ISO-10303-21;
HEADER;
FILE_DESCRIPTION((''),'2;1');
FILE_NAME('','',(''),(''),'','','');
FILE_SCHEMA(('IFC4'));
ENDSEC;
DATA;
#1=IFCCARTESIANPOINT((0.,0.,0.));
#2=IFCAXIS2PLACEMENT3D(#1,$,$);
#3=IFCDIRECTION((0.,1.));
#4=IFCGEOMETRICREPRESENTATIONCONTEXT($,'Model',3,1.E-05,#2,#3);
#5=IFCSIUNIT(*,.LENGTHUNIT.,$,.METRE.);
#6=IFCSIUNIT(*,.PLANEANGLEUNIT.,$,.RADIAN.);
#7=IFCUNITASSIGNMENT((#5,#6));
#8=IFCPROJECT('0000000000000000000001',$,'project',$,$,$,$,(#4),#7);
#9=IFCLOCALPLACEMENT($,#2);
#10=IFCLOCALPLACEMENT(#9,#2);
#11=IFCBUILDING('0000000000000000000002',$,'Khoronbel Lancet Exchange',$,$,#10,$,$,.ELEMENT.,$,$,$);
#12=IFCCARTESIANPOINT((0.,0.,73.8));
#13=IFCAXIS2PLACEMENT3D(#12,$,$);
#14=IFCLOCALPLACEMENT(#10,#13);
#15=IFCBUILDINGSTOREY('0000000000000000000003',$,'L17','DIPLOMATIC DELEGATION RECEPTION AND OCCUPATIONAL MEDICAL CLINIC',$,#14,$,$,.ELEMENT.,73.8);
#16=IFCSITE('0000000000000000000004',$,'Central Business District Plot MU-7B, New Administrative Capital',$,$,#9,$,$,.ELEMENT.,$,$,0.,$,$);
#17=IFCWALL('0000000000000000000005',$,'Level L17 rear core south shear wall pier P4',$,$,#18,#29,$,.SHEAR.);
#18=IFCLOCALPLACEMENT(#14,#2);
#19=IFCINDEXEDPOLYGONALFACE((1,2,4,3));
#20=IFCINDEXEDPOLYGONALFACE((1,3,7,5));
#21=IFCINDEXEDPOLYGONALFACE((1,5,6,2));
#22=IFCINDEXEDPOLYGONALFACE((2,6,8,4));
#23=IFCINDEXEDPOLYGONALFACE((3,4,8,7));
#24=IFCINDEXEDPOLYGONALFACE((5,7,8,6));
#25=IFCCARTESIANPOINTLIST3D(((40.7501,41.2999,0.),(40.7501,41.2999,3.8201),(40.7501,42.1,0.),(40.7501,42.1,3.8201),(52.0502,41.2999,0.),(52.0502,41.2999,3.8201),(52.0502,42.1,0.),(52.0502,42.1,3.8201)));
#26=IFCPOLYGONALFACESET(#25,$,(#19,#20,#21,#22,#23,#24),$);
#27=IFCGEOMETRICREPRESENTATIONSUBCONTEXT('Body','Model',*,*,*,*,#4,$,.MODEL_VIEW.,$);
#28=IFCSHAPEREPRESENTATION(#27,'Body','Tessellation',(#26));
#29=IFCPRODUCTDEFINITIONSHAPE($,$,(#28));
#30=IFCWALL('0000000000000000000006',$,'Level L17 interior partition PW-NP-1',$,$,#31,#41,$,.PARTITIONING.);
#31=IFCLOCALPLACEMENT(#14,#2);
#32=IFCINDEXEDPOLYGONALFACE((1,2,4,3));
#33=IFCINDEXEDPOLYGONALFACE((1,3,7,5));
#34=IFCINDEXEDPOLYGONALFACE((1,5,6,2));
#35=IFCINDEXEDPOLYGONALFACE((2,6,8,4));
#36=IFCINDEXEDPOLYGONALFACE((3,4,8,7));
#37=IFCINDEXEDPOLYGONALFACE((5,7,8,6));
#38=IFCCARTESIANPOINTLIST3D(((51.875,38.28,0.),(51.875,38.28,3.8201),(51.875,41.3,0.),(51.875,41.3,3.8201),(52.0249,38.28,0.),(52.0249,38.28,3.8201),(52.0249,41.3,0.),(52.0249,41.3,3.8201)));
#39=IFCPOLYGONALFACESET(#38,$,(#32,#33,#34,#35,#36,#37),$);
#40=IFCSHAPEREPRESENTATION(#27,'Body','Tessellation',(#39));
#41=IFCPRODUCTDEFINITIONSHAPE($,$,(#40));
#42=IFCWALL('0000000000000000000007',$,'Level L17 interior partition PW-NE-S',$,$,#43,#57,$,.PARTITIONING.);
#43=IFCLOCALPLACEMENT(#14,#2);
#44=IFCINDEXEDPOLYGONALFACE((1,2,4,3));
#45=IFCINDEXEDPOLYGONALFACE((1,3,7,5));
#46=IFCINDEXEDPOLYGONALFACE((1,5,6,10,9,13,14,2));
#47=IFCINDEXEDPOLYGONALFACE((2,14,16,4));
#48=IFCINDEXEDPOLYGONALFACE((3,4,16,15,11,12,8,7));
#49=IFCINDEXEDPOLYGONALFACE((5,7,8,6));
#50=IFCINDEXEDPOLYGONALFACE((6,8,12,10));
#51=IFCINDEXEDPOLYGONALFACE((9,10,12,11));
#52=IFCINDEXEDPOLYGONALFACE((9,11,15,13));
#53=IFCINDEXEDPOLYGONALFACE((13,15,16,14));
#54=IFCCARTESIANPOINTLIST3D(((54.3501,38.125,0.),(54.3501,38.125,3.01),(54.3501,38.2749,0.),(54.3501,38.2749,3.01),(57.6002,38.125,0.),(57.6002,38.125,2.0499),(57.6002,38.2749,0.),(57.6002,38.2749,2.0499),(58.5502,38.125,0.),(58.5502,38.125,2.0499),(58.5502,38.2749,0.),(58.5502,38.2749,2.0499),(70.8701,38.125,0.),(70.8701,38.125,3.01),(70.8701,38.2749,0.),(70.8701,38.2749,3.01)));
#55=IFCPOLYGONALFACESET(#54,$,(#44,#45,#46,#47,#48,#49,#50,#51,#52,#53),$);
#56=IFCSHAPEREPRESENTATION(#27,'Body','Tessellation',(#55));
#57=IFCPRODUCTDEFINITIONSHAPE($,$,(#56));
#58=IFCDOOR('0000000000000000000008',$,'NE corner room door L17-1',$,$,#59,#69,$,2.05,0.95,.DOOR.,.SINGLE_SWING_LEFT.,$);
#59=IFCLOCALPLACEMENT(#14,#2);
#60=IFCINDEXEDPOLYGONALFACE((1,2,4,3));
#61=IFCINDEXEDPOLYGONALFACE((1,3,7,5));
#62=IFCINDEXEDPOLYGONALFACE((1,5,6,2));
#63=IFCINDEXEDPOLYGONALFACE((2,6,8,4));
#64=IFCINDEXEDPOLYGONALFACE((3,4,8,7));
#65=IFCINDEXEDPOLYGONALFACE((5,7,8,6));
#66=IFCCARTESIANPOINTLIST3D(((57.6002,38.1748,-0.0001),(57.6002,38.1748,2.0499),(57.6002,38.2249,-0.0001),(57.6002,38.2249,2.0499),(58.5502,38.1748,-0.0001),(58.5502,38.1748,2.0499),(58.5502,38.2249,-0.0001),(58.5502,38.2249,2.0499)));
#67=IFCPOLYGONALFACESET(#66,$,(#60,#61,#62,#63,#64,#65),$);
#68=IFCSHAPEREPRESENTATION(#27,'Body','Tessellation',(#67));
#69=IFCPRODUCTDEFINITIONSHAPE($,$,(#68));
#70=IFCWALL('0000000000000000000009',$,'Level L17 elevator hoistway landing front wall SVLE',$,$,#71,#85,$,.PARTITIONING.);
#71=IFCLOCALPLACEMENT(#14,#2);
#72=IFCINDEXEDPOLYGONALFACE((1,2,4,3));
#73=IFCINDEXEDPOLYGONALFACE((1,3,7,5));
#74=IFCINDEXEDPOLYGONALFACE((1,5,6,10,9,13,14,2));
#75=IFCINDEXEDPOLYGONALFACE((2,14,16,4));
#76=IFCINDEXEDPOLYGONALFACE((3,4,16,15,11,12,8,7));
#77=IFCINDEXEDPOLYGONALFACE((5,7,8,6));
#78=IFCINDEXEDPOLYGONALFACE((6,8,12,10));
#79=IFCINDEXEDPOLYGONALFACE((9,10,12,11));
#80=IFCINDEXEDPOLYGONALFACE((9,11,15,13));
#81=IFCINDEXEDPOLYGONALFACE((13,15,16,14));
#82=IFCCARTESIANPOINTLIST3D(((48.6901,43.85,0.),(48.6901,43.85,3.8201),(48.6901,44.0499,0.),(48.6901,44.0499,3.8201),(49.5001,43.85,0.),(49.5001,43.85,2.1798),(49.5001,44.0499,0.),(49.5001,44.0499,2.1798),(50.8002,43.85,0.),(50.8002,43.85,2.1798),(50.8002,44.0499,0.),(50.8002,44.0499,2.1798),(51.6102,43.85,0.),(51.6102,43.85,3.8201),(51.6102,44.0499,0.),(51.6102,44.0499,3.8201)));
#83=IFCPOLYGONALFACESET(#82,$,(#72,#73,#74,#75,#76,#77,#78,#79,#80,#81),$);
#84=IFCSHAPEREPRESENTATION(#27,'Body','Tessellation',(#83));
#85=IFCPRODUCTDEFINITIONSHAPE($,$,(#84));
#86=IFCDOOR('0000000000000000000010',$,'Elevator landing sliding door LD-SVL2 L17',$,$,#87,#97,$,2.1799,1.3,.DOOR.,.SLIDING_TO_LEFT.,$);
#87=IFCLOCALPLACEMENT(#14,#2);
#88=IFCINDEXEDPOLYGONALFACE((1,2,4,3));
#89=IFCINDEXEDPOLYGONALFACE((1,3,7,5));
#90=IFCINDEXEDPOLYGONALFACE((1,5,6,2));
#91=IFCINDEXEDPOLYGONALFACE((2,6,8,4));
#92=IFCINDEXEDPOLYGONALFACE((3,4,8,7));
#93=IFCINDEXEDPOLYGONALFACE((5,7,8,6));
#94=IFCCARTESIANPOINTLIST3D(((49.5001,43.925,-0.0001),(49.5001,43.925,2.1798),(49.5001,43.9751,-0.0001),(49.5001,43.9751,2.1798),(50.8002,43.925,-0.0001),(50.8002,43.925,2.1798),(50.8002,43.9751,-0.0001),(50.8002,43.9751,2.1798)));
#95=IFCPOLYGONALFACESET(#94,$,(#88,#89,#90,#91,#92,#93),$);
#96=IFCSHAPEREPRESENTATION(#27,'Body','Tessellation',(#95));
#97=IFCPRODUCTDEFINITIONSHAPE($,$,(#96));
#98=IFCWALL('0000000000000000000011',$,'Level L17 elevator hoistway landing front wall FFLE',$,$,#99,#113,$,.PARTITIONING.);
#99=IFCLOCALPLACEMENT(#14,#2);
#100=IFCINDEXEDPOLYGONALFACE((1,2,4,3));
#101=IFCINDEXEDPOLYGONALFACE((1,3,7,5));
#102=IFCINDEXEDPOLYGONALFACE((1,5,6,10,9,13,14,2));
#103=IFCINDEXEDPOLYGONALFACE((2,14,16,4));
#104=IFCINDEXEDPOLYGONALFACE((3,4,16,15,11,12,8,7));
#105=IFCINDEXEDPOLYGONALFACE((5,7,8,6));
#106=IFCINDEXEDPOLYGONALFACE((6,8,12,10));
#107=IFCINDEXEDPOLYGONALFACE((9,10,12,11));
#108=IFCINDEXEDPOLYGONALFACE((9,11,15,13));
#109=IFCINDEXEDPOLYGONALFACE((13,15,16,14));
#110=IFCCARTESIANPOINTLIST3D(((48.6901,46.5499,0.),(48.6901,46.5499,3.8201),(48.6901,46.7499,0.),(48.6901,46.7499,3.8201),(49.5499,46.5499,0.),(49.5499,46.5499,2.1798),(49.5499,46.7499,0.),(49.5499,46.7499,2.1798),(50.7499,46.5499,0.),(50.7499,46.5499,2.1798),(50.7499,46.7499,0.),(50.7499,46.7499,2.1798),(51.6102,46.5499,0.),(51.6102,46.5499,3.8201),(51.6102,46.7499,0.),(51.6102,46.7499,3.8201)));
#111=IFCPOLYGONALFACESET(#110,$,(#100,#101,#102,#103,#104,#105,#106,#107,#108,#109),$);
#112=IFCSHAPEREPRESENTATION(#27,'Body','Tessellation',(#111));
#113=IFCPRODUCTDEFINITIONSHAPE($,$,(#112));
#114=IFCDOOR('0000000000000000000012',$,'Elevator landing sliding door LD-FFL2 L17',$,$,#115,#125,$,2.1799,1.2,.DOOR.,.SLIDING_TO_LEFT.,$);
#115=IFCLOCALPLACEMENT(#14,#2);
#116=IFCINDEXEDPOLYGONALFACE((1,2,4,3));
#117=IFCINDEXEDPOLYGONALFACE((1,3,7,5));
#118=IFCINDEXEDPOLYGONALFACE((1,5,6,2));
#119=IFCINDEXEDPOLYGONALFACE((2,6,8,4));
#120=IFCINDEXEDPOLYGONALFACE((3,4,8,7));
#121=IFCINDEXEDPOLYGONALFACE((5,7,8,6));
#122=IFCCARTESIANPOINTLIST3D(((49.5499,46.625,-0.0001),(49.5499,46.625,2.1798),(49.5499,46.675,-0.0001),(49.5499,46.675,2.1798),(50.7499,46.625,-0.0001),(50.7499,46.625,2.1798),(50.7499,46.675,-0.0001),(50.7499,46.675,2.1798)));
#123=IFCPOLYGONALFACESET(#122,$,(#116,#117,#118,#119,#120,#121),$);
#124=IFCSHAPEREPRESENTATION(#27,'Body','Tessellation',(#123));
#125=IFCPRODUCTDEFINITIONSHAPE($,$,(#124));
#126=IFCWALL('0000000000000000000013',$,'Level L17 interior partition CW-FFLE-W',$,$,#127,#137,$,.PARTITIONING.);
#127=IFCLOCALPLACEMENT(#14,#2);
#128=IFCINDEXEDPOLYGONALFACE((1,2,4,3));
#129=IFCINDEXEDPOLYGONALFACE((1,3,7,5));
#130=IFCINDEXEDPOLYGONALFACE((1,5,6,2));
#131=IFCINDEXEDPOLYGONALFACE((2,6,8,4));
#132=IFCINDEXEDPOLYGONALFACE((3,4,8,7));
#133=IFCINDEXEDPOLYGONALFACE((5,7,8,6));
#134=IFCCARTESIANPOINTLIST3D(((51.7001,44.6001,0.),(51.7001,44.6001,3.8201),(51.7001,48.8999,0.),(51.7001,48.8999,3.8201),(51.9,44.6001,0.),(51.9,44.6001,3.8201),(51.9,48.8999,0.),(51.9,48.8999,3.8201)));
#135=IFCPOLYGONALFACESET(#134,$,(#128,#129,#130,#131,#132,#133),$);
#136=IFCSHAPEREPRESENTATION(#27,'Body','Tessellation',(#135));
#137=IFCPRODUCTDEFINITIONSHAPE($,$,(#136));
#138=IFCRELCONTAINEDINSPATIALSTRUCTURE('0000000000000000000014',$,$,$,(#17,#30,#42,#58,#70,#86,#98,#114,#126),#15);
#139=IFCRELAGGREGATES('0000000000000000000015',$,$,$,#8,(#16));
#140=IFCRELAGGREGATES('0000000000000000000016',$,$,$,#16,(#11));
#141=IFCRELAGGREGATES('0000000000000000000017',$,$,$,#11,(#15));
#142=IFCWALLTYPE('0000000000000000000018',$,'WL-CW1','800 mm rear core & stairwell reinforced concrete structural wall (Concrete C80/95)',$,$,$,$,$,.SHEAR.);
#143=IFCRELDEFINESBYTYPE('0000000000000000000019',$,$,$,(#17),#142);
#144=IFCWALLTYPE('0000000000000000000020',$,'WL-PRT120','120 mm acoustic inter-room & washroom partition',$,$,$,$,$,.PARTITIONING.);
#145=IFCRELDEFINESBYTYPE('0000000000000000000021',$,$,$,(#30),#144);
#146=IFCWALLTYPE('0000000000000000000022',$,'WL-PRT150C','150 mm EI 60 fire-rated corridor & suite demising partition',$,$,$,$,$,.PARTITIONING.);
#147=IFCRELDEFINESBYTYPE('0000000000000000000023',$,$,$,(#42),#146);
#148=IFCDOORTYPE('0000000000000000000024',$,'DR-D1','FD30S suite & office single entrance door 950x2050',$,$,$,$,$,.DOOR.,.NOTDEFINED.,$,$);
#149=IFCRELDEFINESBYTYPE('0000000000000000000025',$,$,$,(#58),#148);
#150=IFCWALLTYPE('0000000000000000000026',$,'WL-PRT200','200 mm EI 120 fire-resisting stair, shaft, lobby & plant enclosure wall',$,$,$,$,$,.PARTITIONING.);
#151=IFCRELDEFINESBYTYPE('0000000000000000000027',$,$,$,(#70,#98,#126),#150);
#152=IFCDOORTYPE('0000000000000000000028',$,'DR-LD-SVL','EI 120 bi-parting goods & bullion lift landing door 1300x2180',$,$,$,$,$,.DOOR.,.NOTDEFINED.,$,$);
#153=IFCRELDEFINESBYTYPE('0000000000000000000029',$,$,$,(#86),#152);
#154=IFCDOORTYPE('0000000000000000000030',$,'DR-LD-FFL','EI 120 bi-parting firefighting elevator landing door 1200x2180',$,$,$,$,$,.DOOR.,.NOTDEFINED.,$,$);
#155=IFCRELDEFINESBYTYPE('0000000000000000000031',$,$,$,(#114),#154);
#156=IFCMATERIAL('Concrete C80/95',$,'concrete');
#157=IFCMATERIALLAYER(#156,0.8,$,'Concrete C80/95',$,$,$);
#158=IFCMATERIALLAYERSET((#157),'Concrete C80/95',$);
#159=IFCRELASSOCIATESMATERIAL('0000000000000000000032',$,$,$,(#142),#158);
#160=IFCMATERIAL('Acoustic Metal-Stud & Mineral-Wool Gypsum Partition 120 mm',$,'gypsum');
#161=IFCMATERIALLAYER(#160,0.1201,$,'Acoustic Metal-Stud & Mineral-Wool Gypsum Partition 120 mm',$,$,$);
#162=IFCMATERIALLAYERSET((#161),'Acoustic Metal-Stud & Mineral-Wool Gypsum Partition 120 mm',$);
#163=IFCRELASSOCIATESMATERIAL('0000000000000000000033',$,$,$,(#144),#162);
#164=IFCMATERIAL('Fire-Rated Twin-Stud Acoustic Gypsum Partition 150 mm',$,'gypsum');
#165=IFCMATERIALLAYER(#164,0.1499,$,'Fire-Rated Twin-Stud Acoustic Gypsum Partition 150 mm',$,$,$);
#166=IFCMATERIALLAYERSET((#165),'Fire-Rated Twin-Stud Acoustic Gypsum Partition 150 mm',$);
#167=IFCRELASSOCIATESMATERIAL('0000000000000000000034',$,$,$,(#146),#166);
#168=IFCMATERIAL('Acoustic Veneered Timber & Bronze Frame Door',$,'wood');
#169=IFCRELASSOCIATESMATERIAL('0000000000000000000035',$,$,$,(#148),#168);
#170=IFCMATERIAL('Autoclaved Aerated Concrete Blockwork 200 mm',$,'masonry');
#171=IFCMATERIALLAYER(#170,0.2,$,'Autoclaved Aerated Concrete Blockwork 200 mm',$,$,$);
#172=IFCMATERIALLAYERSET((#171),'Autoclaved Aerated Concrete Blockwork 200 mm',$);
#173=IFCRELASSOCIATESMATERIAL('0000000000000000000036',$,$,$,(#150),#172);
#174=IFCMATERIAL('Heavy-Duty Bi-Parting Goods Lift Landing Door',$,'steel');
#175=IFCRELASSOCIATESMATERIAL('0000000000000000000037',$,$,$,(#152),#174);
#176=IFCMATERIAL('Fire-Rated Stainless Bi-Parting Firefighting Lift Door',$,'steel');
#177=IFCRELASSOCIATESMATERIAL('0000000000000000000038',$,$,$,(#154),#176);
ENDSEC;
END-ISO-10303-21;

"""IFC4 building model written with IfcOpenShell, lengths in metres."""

from ifc_helpers import new_model, si_unit, direction, frame, frame_2d, origin, place, context, subcontext, project, spatial, rectangle, extrude, material, layer, layer_set, type_object, element, fill, save


model = new_model("IFC4")

# Units and contexts
model_context = context("Model", 3, precision=1e-05, world=origin(), true_north=direction((0.0, 1.0)))
body_context = subcontext(model_context, "Body", "Model", "MODEL_VIEW")
ifc_project = project(units=[si_unit("LENGTHUNIT", "METRE"), si_unit("PLANEANGLEUNIT", "RADIAN")], contexts=[model_context])

# Site, building, storey
site_placement = place(None, origin())
site = spatial("IfcSite", under=ifc_project, at=site_placement, Name="Central Business District Plot MU-7B, New Administrative Capital", CompositionType="ELEMENT", RefElevation=0.0)
building_placement = place(site_placement, origin())
building = spatial("IfcBuilding", under=site, at=building_placement, Name="Khoronbel Lancet Exchange", CompositionType="ELEMENT")
storey_placement = place(building_placement, frame((0.0, 0.0, 73.8)))
storey = spatial("IfcBuildingStorey", under=building, at=storey_placement, Name="L17", Description="DIPLOMATIC DELEGATION RECEPTION AND OCCUPATIONAL MEDICAL CLINIC", CompositionType="ELEMENT", Elevation=73.8)

# Shared definitions
ifc_material_1 = material(Name="Concrete C80/95", Category="concrete")

# Walls
ifc_layer_1 = layer(ifc_material_1, 0.8, Name="Concrete C80/95")
ifc_layer_set_1 = layer_set([ifc_layer_1], Name="Concrete C80/95")
wall_type_1 = type_object("IfcWallType", Name="WL-CW1", Description="800 mm rear core & stairwell reinforced concrete structural wall (Concrete C80/95)", PredefinedType="SHEAR", material=ifc_layer_set_1)
wall_1_placement = place(storey_placement, frame((52.05, 41.7, 0.0), z_axis=(0.0, 0.0, 1.0), x_axis=(-1.0, 0.0, 0.0)))
element("IfcWall", 1, at=wall_1_placement, inside=storey, type_object=wall_type_1, Name="Level L17 rear core south shear wall pier P4", PredefinedType="SHEAR", context=body_context, shape_type="SweptSolid", body=[
    extrude(rectangle(XDim=11.3, YDim=0.8, at=frame_2d((5.6499, 0.0))), origin(), (0.0, 0.0, 1.0), 3.8201),
])
ifc_material_2 = material(Name="Acoustic Metal-Stud & Mineral-Wool Gypsum Partition 120 mm", Category="gypsum")
ifc_layer_2 = layer(ifc_material_2, 0.1201, Name="Acoustic Metal-Stud & Mineral-Wool Gypsum Partition 120 mm")
ifc_layer_set_2 = layer_set([ifc_layer_2], Name="Acoustic Metal-Stud & Mineral-Wool Gypsum Partition 120 mm")
wall_type_2 = type_object("IfcWallType", Name="WL-PRT120", Description="120 mm acoustic inter-room & washroom partition", PredefinedType="PARTITIONING", material=ifc_layer_set_2)
wall_2_placement = place(storey_placement, frame((51.95, 38.28, 0.0), z_axis=(0.0, 0.0, 1.0), x_axis=(0.0, 1.0, 0.0)))
element("IfcWall", 2, at=wall_2_placement, inside=storey, type_object=wall_type_2, Name="Level L17 interior partition PW-NP-1", PredefinedType="PARTITIONING", context=body_context, shape_type="SweptSolid", body=[
    extrude(rectangle(XDim=3.02, YDim=0.1499, at=frame_2d((1.51, 0.0))), origin(), (0.0, 0.0, 1.0), 3.8201),
])

# Walls, openings, doors
ifc_material_3 = material(Name="Fire-Rated Twin-Stud Acoustic Gypsum Partition 150 mm", Category="gypsum")
ifc_layer_3 = layer(ifc_material_3, 0.1499, Name="Fire-Rated Twin-Stud Acoustic Gypsum Partition 150 mm")
ifc_layer_set_3 = layer_set([ifc_layer_3], Name="Fire-Rated Twin-Stud Acoustic Gypsum Partition 150 mm")
wall_type_3 = type_object("IfcWallType", Name="WL-PRT150C", Description="150 mm EI 60 fire-rated corridor & suite demising partition", PredefinedType="PARTITIONING", material=ifc_layer_set_3)
wall_3_placement = place(storey_placement, frame((54.3501, 38.2, 0.0), z_axis=(0.0, 0.0, 1.0), x_axis=(1.0, 0.0, 0.0)))
wall_3 = element("IfcWall", 3, at=wall_3_placement, inside=storey, type_object=wall_type_3, Name="Level L17 interior partition PW-NE-S", PredefinedType="PARTITIONING", context=body_context, shape_type="SweptSolid", body=[
    extrude(rectangle(XDim=16.52, YDim=0.1499, at=frame_2d((8.26, 0.0))), origin(), (0.0, 0.0, 1.0), 3.01),
])
opening_1_placement = place(wall_3_placement, frame((3.25, 0.0, 0.0)))
opening_1 = element("IfcOpeningElement", 4, at=opening_1_placement, cuts=wall_3, PredefinedType="OPENING", context=body_context, shape_type="SweptSolid", body=[
    extrude(rectangle(XDim=0.95, YDim=2.05, at=frame_2d((0.4751, 1.0249))), frame((0.0, 0.085, 0.0), z_axis=(0.0, -1.0, 0.0), x_axis=(1.0, 0.0, 0.0)), (0.0, 0.0, 1.0), 0.1699),
])
ifc_material_4 = material(Name="Acoustic Veneered Timber & Bronze Frame Door", Category="wood")
door_type_1 = type_object("IfcDoorType", Name="DR-D1", Description="FD30S suite & office single entrance door 950x2050", OperationType="NOTDEFINED", PredefinedType="DOOR", material=ifc_material_4)
door_1_placement = place(opening_1_placement, origin())
door_1 = element("IfcDoor", 5, at=door_1_placement, inside=storey, type_object=door_type_1, Name="NE corner room door L17-1", OperationType="SINGLE_SWING_LEFT", OverallHeight=2.05, OverallWidth=0.95, PredefinedType="DOOR", context=body_context, shape_type="SweptSolid", body=[
    extrude(rectangle(XDim=0.95, YDim=2.05, at=frame_2d((0.4751, 1.0249))), frame((0.0, 0.0249, 0.0), z_axis=(0.0, -1.0, 0.0), x_axis=(1.0, 0.0, 0.0)), (0.0, 0.0, 1.0), 0.05),
])
fill(opening_1, door_1)
ifc_material_5 = material(Name="Autoclaved Aerated Concrete Blockwork 200 mm", Category="masonry")
ifc_layer_4 = layer(ifc_material_5, 0.2, Name="Autoclaved Aerated Concrete Blockwork 200 mm")
ifc_layer_set_4 = layer_set([ifc_layer_4], Name="Autoclaved Aerated Concrete Blockwork 200 mm")
wall_type_4 = type_object("IfcWallType", Name="WL-PRT200", Description="200 mm EI 120 fire-resisting stair, shaft, lobby & plant enclosure wall", PredefinedType="PARTITIONING", material=ifc_layer_set_4)
wall_4_placement = place(storey_placement, frame((51.6101, 43.95, 0.0), z_axis=(0.0, 0.0, 1.0), x_axis=(-1.0, 0.0, 0.0)))
wall_4 = element("IfcWall", 6, at=wall_4_placement, inside=storey, type_object=wall_type_4, Name="Level L17 elevator hoistway landing front wall SVLE", PredefinedType="PARTITIONING", context=body_context, shape_type="SweptSolid", body=[
    extrude(rectangle(XDim=2.9202, YDim=0.2, at=frame_2d((1.46, 0.0))), origin(), (0.0, 0.0, 1.0), 3.8201),
])
opening_2_placement = place(wall_4_placement, frame((0.8101, 0.0, 0.0)))
opening_2 = element("IfcOpeningElement", 7, at=opening_2_placement, cuts=wall_4, PredefinedType="OPENING", context=body_context, shape_type="SweptSolid", body=[
    extrude(rectangle(XDim=1.3, YDim=2.1799, at=frame_2d((0.6499, 1.0898))), frame((0.0, 0.1099, 0.0), z_axis=(0.0, -1.0, 0.0), x_axis=(1.0, 0.0, 0.0)), (0.0, 0.0, 1.0), 0.22),
])
ifc_material_6 = material(Name="Heavy-Duty Bi-Parting Goods Lift Landing Door", Category="steel")
door_type_2 = type_object("IfcDoorType", Name="DR-LD-SVL", Description="EI 120 bi-parting goods & bullion lift landing door 1300x2180", OperationType="NOTDEFINED", PredefinedType="DOOR", material=ifc_material_6)
door_2_placement = place(opening_2_placement, origin())
door_2 = element("IfcDoor", 8, at=door_2_placement, inside=storey, type_object=door_type_2, Name="Elevator landing sliding door LD-SVL2 L17", OperationType="SLIDING_TO_LEFT", OverallHeight=2.1799, OverallWidth=1.3, PredefinedType="DOOR", context=body_context, shape_type="SweptSolid", body=[
    extrude(rectangle(XDim=1.3, YDim=2.1799, at=frame_2d((0.6499, 1.0898))), frame((0.0, 0.0249, 0.0), z_axis=(0.0, -1.0, 0.0), x_axis=(1.0, 0.0, 0.0)), (0.0, 0.0, 1.0), 0.05),
])
fill(opening_2, door_2)
wall_5_placement = place(storey_placement, frame((51.6101, 46.6499, 0.0), z_axis=(0.0, 0.0, 1.0), x_axis=(-1.0, 0.0, 0.0)))
wall_5 = element("IfcWall", 9, at=wall_5_placement, inside=storey, type_object=wall_type_4, Name="Level L17 elevator hoistway landing front wall FFLE", PredefinedType="PARTITIONING", context=body_context, shape_type="SweptSolid", body=[
    extrude(rectangle(XDim=2.9202, YDim=0.2, at=frame_2d((1.46, 0.0))), origin(), (0.0, 0.0, 1.0), 3.8201),
])
opening_3_placement = place(wall_5_placement, frame((0.8601, 0.0, 0.0)))
opening_3 = element("IfcOpeningElement", 10, at=opening_3_placement, cuts=wall_5, PredefinedType="OPENING", context=body_context, shape_type="SweptSolid", body=[
    extrude(rectangle(XDim=1.2, YDim=2.1799, at=frame_2d((0.6001, 1.0898))), frame((0.0, 0.1099, 0.0), z_axis=(0.0, -1.0, 0.0), x_axis=(1.0, 0.0, 0.0)), (0.0, 0.0, 1.0), 0.22),
])
ifc_material_7 = material(Name="Fire-Rated Stainless Bi-Parting Firefighting Lift Door", Category="steel")
door_type_3 = type_object("IfcDoorType", Name="DR-LD-FFL", Description="EI 120 bi-parting firefighting elevator landing door 1200x2180", OperationType="NOTDEFINED", PredefinedType="DOOR", material=ifc_material_7)
door_3_placement = place(opening_3_placement, origin())
door_3 = element("IfcDoor", 11, at=door_3_placement, inside=storey, type_object=door_type_3, Name="Elevator landing sliding door LD-FFL2 L17", OperationType="SLIDING_TO_LEFT", OverallHeight=2.1799, OverallWidth=1.2, PredefinedType="DOOR", context=body_context, shape_type="SweptSolid", body=[
    extrude(rectangle(XDim=1.2, YDim=2.1799, at=frame_2d((0.6001, 1.0898))), frame((0.0, 0.0249, 0.0), z_axis=(0.0, -1.0, 0.0), x_axis=(1.0, 0.0, 0.0)), (0.0, 0.0, 1.0), 0.05),
])
fill(opening_3, door_3)

# Wall
wall_6_placement = place(storey_placement, frame((51.8, 44.6001, 0.0), z_axis=(0.0, 0.0, 1.0), x_axis=(0.0, 1.0, 0.0)))
element("IfcWall", 12, at=wall_6_placement, inside=storey, type_object=wall_type_4, Name="Level L17 interior partition CW-FFLE-W", PredefinedType="PARTITIONING", context=body_context, shape_type="SweptSolid", body=[
    extrude(rectangle(XDim=4.2998, YDim=0.2, at=frame_2d((2.1499, 0.0))), origin(), (0.0, 0.0, 1.0), 3.8201),
])

save(model, "model.ifc")
